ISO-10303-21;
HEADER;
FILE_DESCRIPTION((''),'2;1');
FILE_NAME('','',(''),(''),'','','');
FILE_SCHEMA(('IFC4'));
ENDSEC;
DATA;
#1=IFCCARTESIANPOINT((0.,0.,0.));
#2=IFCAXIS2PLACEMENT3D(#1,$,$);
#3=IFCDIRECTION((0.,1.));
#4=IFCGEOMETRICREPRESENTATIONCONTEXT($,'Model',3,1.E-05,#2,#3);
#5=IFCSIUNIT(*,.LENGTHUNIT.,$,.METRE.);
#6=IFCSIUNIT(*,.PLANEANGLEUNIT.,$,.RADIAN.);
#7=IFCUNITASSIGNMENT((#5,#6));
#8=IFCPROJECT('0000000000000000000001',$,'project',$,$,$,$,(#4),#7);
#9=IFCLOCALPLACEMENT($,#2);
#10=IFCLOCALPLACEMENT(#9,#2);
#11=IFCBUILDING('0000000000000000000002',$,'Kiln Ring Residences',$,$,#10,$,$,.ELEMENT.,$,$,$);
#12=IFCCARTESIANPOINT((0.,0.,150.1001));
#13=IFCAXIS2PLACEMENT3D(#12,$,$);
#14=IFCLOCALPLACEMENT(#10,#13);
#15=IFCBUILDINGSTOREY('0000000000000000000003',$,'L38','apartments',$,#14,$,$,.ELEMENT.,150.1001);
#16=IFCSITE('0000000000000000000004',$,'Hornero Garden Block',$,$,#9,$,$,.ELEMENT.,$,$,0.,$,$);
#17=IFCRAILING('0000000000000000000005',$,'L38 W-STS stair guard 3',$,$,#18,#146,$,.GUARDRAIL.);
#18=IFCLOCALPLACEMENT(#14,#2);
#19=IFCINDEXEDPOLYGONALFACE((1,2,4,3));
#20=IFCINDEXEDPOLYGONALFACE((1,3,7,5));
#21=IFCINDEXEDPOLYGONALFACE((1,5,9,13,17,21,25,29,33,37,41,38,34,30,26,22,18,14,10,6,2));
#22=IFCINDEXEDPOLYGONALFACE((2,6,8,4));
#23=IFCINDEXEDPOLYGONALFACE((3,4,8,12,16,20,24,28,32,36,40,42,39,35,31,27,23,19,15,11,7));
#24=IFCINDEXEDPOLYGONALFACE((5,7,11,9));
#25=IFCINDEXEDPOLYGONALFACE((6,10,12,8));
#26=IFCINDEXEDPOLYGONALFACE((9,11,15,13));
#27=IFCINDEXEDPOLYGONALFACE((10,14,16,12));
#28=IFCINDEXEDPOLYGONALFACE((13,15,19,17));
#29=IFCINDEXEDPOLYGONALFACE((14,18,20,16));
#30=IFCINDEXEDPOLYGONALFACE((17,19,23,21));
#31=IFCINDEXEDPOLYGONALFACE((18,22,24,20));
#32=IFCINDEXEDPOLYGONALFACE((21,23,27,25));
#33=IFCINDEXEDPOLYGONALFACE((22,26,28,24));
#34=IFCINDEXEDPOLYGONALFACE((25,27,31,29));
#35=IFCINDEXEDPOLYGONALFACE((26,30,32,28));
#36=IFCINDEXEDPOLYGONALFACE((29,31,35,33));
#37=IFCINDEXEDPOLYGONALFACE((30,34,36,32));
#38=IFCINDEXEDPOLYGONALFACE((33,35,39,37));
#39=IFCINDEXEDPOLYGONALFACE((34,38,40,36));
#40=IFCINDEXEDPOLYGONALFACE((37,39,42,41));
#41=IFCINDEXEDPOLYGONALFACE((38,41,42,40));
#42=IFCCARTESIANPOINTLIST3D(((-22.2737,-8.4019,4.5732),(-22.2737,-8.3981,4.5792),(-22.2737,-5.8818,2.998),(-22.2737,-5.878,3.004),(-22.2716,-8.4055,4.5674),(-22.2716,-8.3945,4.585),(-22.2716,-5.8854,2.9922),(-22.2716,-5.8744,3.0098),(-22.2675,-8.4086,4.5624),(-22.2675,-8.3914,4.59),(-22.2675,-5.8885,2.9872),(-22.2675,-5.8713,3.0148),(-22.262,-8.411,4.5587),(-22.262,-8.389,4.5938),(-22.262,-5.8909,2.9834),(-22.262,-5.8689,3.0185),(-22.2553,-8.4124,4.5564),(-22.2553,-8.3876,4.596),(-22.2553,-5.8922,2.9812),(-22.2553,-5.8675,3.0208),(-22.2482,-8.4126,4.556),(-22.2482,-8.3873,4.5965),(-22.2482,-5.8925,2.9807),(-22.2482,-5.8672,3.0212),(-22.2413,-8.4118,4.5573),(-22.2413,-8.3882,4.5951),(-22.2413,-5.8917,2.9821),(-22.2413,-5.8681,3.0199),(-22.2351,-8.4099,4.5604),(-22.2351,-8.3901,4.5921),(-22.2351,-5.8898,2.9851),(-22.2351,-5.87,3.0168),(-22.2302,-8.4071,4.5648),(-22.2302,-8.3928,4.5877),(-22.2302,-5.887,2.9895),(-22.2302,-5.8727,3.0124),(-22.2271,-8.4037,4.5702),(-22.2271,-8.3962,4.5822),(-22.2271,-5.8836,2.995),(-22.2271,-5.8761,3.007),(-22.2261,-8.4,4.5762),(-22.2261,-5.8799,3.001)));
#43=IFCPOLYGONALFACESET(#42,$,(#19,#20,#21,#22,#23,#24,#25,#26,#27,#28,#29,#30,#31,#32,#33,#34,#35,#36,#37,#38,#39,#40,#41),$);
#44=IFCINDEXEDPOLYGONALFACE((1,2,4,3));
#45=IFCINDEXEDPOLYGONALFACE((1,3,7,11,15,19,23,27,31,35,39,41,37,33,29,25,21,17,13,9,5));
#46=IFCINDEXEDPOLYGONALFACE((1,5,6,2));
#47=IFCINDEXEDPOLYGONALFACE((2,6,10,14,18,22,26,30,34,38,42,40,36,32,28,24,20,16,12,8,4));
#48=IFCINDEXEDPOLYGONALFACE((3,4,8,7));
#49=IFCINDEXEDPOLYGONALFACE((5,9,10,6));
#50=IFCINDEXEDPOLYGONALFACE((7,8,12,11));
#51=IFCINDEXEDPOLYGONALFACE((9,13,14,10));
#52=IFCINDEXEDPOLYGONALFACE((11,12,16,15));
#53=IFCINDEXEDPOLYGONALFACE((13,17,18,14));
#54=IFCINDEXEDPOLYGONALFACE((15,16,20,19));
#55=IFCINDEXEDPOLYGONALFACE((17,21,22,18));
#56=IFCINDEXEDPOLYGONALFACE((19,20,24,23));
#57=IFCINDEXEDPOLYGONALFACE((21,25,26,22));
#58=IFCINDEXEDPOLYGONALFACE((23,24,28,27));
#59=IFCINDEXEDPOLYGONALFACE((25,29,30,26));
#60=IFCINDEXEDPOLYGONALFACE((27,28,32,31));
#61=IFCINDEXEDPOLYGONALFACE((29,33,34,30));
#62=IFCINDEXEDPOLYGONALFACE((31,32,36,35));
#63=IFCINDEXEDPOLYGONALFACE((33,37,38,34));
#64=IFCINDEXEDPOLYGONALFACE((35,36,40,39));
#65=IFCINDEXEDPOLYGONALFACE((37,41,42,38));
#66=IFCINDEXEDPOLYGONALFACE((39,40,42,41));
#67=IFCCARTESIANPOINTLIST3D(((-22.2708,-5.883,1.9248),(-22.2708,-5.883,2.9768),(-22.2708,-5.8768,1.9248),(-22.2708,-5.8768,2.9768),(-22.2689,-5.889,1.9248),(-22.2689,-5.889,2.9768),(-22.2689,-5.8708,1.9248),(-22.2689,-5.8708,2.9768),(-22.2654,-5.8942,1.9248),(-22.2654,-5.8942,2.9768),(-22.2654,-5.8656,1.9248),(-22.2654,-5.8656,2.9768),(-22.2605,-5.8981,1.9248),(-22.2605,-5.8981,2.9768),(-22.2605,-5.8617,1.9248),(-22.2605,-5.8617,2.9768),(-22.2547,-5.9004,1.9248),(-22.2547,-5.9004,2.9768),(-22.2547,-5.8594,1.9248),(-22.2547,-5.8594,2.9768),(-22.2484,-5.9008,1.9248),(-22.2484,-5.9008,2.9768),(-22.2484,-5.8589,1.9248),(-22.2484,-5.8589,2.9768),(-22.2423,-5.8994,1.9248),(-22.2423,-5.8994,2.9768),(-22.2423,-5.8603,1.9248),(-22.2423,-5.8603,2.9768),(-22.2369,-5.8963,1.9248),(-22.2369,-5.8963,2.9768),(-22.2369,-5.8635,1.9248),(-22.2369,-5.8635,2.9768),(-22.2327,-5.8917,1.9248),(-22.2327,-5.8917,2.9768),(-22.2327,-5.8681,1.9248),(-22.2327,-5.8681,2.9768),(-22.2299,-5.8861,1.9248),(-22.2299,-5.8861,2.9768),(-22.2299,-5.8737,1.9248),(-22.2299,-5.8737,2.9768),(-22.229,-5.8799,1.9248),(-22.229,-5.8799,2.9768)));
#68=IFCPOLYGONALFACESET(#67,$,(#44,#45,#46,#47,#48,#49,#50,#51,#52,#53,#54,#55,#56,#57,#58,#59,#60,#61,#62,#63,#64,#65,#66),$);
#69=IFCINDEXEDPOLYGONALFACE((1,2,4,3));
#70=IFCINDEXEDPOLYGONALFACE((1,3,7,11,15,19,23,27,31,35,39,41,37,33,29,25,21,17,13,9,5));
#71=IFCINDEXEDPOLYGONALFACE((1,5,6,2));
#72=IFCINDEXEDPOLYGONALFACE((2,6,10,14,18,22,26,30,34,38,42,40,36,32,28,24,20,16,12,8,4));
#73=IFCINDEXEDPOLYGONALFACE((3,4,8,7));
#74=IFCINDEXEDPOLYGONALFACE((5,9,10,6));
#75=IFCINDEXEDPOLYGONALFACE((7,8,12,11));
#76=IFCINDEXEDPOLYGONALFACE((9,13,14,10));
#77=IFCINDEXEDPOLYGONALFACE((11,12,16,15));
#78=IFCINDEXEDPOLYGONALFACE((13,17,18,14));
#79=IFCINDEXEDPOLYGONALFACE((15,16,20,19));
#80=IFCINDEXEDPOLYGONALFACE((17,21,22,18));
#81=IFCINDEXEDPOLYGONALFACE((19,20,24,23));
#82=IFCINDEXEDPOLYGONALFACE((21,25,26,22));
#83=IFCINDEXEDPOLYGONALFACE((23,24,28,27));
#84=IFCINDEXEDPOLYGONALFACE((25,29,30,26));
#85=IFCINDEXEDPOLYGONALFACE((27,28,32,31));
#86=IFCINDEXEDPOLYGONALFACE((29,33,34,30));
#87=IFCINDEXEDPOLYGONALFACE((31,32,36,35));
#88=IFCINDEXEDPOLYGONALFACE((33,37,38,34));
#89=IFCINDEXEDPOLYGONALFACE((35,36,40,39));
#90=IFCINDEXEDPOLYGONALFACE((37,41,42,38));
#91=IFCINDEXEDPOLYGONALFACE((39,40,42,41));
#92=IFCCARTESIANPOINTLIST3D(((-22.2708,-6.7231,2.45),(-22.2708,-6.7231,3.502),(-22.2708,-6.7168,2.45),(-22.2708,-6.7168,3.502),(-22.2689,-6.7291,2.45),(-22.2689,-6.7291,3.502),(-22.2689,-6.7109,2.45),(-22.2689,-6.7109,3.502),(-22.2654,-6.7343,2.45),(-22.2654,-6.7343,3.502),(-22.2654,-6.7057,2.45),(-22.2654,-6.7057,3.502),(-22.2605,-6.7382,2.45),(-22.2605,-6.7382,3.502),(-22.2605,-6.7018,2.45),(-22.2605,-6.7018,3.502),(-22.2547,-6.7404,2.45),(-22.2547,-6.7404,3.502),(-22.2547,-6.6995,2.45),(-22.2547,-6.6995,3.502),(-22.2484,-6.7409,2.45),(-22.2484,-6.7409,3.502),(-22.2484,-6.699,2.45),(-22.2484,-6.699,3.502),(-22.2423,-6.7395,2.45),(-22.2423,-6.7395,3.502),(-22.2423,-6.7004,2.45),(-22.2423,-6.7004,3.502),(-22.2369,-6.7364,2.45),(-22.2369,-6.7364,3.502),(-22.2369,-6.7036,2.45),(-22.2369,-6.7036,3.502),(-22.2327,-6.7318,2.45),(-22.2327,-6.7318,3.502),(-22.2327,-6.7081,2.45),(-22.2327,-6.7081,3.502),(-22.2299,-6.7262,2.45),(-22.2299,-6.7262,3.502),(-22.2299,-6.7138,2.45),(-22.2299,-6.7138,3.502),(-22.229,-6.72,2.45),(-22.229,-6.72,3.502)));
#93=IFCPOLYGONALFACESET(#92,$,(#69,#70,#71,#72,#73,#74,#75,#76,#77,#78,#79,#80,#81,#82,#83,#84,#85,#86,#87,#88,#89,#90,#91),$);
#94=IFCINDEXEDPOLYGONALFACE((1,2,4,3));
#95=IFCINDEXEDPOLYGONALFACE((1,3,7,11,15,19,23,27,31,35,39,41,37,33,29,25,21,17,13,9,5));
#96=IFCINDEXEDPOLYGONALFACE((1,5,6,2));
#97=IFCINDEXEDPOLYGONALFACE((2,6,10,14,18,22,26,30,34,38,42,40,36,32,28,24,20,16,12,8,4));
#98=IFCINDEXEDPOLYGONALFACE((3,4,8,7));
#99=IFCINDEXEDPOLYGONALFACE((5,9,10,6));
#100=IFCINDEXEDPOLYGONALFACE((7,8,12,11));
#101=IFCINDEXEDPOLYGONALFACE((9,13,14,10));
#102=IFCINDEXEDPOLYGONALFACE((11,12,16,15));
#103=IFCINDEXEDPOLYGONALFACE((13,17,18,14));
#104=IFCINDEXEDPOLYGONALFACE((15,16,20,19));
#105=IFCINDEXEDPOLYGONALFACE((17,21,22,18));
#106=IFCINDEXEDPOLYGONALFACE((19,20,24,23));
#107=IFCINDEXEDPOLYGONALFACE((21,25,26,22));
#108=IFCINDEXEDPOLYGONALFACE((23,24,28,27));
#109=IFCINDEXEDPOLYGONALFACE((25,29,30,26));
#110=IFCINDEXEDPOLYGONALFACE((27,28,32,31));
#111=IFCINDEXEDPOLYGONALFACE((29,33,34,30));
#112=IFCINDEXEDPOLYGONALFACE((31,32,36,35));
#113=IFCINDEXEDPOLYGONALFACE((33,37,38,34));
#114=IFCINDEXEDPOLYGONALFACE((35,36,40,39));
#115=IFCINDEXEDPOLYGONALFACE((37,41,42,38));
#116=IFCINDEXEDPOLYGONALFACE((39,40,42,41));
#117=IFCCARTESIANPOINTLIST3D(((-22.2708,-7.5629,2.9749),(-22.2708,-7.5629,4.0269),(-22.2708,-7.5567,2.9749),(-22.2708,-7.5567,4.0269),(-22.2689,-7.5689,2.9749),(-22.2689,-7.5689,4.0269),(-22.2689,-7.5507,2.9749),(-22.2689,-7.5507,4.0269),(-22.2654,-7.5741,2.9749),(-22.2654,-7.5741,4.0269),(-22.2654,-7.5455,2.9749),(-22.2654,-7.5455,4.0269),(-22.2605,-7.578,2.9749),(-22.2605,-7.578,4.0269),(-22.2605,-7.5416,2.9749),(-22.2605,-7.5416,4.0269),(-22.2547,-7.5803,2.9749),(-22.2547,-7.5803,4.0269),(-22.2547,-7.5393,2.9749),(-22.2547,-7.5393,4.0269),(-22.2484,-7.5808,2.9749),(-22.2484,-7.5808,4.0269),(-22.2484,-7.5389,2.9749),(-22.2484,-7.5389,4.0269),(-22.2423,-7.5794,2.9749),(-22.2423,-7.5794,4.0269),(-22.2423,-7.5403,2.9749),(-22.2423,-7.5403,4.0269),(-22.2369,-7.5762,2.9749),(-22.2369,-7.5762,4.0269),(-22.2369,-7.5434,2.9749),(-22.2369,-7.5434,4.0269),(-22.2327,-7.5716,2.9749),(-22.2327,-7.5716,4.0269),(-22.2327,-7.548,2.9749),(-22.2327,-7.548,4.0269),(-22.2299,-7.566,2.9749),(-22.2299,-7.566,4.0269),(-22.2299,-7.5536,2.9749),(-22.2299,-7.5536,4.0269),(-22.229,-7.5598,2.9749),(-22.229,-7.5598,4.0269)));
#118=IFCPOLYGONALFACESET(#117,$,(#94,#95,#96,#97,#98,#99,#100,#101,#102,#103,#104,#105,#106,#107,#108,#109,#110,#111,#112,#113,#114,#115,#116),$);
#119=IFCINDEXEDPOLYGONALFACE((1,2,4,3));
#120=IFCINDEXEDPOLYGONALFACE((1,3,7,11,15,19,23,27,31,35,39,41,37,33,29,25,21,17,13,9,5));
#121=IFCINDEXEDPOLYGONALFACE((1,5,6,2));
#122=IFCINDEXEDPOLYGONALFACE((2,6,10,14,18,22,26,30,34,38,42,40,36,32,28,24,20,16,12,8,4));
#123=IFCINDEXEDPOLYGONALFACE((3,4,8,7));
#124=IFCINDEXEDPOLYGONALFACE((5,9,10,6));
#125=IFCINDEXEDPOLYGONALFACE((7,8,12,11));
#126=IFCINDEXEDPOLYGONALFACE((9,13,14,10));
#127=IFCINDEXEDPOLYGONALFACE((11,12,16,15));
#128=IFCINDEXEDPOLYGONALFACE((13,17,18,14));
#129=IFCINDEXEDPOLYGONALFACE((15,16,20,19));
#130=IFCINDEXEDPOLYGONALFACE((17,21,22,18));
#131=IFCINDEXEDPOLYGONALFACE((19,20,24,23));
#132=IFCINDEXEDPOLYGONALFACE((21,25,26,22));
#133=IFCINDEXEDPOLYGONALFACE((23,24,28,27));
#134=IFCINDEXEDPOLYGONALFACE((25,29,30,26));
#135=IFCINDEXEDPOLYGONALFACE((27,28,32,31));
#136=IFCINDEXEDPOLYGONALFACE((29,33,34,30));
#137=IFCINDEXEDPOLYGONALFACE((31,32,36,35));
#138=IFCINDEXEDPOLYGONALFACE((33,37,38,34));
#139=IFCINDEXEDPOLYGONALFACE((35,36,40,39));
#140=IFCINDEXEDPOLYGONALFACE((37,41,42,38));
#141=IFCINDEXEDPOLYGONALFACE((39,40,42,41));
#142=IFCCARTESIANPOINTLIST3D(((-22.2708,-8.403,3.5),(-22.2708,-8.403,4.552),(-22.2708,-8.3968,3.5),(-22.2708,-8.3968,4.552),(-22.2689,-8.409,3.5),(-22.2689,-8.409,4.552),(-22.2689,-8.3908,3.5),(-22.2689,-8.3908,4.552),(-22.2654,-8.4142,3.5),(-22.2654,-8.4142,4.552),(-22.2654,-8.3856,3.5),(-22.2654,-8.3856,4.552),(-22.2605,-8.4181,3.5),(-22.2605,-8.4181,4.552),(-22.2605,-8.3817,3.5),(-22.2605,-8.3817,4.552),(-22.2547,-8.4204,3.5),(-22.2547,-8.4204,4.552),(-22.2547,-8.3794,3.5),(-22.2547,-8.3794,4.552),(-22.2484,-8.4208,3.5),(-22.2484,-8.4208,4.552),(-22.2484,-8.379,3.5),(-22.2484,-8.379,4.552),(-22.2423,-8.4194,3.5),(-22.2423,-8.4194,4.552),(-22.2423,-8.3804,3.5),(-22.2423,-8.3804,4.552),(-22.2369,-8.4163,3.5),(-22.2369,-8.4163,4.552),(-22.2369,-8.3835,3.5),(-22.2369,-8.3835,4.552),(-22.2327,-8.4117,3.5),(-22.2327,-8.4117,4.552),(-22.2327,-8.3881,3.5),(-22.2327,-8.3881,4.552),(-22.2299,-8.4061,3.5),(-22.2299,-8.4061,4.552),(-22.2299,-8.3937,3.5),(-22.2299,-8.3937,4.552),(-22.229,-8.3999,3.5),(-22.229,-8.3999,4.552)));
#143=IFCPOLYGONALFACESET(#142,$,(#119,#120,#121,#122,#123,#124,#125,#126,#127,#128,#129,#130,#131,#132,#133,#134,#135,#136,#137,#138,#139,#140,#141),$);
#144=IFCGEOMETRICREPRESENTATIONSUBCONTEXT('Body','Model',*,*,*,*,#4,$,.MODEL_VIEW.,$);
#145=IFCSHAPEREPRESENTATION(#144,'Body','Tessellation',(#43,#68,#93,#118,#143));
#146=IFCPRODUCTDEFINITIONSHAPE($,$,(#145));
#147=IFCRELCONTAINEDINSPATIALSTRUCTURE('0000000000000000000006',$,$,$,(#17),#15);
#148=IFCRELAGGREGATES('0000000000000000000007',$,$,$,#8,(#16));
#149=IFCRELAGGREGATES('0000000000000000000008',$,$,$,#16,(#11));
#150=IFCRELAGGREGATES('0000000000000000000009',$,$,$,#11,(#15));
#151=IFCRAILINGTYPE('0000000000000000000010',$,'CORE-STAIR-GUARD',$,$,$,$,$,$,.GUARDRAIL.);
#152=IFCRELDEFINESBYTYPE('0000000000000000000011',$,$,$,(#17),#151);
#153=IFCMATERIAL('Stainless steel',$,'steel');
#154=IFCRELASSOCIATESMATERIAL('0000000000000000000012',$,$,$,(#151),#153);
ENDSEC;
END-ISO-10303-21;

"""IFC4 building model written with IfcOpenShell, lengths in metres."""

from ifc_helpers import new_model, si_unit, direction, frame, origin, origin_2d, place, context, subcontext, project, spatial, circle, extrude, material, type_object, element, save


model = new_model("IFC4")

# Units and contexts
model_context = context("Model", 3, precision=1e-05, world=origin(), true_north=direction((0.0, 1.0)))
body_context = subcontext(model_context, "Body", "Model", "MODEL_VIEW")
ifc_project = project(units=[si_unit("LENGTHUNIT", "METRE"), si_unit("PLANEANGLEUNIT", "RADIAN")], contexts=[model_context])

# Site, building, storey
site_placement = place(None, origin())
site = spatial("IfcSite", under=ifc_project, at=site_placement, Name="Hornero Garden Block", CompositionType="ELEMENT", RefElevation=0.0)
building_placement = place(site_placement, origin())
building = spatial("IfcBuilding", under=site, at=building_placement, Name="Kiln Ring Residences", CompositionType="ELEMENT")
storey_placement = place(building_placement, frame((0.0, 0.0, 150.1001)))
storey = spatial("IfcBuildingStorey", under=building, at=storey_placement, Name="L38", Description="apartments", CompositionType="ELEMENT", Elevation=150.1001)

# Railing
ifc_material_1 = material(Name="Stainless steel", Category="steel")
railing_type_1 = type_object("IfcRailingType", Name="CORE-STAIR-GUARD", PredefinedType="GUARDRAIL", material=ifc_material_1)
railing_1_placement = place(storey_placement, frame((-22.25, -5.8799, 1.9248)))
element("IfcRailing", 1, at=railing_1_placement, inside=storey, type_object=railing_type_1, Name="L38 W-STS stair guard 3", PredefinedType="GUARDRAIL", context=body_context, shape_type="SweptSolid", body=[
    extrude(circle(Radius=0.0239, at=origin_2d()), frame((0.0, 0.0, 1.0762), z_axis=(0.0, -0.847971, 0.530043), x_axis=(1.0, 0.0, 0.0)), (0.0, 0.0, 1.0), 2.9719),
    extrude(circle(Radius=0.021, at=origin_2d()), origin(), (0.0, 0.0, 1.0), 1.052),
    extrude(circle(Radius=0.021, at=origin_2d()), frame((0.0, -0.8401, 0.5251)), (0.0, 0.0, 1.0), 1.052),
    extrude(circle(Radius=0.021, at=origin_2d()), frame((0.0, -1.6799, 1.05)), (0.0, 0.0, 1.0), 1.052),
    extrude(circle(Radius=0.021, at=origin_2d()), frame((0.0, -2.52, 1.5752)), (0.0, 0.0, 1.0), 1.052),
])

save(model, "model.ifc")
